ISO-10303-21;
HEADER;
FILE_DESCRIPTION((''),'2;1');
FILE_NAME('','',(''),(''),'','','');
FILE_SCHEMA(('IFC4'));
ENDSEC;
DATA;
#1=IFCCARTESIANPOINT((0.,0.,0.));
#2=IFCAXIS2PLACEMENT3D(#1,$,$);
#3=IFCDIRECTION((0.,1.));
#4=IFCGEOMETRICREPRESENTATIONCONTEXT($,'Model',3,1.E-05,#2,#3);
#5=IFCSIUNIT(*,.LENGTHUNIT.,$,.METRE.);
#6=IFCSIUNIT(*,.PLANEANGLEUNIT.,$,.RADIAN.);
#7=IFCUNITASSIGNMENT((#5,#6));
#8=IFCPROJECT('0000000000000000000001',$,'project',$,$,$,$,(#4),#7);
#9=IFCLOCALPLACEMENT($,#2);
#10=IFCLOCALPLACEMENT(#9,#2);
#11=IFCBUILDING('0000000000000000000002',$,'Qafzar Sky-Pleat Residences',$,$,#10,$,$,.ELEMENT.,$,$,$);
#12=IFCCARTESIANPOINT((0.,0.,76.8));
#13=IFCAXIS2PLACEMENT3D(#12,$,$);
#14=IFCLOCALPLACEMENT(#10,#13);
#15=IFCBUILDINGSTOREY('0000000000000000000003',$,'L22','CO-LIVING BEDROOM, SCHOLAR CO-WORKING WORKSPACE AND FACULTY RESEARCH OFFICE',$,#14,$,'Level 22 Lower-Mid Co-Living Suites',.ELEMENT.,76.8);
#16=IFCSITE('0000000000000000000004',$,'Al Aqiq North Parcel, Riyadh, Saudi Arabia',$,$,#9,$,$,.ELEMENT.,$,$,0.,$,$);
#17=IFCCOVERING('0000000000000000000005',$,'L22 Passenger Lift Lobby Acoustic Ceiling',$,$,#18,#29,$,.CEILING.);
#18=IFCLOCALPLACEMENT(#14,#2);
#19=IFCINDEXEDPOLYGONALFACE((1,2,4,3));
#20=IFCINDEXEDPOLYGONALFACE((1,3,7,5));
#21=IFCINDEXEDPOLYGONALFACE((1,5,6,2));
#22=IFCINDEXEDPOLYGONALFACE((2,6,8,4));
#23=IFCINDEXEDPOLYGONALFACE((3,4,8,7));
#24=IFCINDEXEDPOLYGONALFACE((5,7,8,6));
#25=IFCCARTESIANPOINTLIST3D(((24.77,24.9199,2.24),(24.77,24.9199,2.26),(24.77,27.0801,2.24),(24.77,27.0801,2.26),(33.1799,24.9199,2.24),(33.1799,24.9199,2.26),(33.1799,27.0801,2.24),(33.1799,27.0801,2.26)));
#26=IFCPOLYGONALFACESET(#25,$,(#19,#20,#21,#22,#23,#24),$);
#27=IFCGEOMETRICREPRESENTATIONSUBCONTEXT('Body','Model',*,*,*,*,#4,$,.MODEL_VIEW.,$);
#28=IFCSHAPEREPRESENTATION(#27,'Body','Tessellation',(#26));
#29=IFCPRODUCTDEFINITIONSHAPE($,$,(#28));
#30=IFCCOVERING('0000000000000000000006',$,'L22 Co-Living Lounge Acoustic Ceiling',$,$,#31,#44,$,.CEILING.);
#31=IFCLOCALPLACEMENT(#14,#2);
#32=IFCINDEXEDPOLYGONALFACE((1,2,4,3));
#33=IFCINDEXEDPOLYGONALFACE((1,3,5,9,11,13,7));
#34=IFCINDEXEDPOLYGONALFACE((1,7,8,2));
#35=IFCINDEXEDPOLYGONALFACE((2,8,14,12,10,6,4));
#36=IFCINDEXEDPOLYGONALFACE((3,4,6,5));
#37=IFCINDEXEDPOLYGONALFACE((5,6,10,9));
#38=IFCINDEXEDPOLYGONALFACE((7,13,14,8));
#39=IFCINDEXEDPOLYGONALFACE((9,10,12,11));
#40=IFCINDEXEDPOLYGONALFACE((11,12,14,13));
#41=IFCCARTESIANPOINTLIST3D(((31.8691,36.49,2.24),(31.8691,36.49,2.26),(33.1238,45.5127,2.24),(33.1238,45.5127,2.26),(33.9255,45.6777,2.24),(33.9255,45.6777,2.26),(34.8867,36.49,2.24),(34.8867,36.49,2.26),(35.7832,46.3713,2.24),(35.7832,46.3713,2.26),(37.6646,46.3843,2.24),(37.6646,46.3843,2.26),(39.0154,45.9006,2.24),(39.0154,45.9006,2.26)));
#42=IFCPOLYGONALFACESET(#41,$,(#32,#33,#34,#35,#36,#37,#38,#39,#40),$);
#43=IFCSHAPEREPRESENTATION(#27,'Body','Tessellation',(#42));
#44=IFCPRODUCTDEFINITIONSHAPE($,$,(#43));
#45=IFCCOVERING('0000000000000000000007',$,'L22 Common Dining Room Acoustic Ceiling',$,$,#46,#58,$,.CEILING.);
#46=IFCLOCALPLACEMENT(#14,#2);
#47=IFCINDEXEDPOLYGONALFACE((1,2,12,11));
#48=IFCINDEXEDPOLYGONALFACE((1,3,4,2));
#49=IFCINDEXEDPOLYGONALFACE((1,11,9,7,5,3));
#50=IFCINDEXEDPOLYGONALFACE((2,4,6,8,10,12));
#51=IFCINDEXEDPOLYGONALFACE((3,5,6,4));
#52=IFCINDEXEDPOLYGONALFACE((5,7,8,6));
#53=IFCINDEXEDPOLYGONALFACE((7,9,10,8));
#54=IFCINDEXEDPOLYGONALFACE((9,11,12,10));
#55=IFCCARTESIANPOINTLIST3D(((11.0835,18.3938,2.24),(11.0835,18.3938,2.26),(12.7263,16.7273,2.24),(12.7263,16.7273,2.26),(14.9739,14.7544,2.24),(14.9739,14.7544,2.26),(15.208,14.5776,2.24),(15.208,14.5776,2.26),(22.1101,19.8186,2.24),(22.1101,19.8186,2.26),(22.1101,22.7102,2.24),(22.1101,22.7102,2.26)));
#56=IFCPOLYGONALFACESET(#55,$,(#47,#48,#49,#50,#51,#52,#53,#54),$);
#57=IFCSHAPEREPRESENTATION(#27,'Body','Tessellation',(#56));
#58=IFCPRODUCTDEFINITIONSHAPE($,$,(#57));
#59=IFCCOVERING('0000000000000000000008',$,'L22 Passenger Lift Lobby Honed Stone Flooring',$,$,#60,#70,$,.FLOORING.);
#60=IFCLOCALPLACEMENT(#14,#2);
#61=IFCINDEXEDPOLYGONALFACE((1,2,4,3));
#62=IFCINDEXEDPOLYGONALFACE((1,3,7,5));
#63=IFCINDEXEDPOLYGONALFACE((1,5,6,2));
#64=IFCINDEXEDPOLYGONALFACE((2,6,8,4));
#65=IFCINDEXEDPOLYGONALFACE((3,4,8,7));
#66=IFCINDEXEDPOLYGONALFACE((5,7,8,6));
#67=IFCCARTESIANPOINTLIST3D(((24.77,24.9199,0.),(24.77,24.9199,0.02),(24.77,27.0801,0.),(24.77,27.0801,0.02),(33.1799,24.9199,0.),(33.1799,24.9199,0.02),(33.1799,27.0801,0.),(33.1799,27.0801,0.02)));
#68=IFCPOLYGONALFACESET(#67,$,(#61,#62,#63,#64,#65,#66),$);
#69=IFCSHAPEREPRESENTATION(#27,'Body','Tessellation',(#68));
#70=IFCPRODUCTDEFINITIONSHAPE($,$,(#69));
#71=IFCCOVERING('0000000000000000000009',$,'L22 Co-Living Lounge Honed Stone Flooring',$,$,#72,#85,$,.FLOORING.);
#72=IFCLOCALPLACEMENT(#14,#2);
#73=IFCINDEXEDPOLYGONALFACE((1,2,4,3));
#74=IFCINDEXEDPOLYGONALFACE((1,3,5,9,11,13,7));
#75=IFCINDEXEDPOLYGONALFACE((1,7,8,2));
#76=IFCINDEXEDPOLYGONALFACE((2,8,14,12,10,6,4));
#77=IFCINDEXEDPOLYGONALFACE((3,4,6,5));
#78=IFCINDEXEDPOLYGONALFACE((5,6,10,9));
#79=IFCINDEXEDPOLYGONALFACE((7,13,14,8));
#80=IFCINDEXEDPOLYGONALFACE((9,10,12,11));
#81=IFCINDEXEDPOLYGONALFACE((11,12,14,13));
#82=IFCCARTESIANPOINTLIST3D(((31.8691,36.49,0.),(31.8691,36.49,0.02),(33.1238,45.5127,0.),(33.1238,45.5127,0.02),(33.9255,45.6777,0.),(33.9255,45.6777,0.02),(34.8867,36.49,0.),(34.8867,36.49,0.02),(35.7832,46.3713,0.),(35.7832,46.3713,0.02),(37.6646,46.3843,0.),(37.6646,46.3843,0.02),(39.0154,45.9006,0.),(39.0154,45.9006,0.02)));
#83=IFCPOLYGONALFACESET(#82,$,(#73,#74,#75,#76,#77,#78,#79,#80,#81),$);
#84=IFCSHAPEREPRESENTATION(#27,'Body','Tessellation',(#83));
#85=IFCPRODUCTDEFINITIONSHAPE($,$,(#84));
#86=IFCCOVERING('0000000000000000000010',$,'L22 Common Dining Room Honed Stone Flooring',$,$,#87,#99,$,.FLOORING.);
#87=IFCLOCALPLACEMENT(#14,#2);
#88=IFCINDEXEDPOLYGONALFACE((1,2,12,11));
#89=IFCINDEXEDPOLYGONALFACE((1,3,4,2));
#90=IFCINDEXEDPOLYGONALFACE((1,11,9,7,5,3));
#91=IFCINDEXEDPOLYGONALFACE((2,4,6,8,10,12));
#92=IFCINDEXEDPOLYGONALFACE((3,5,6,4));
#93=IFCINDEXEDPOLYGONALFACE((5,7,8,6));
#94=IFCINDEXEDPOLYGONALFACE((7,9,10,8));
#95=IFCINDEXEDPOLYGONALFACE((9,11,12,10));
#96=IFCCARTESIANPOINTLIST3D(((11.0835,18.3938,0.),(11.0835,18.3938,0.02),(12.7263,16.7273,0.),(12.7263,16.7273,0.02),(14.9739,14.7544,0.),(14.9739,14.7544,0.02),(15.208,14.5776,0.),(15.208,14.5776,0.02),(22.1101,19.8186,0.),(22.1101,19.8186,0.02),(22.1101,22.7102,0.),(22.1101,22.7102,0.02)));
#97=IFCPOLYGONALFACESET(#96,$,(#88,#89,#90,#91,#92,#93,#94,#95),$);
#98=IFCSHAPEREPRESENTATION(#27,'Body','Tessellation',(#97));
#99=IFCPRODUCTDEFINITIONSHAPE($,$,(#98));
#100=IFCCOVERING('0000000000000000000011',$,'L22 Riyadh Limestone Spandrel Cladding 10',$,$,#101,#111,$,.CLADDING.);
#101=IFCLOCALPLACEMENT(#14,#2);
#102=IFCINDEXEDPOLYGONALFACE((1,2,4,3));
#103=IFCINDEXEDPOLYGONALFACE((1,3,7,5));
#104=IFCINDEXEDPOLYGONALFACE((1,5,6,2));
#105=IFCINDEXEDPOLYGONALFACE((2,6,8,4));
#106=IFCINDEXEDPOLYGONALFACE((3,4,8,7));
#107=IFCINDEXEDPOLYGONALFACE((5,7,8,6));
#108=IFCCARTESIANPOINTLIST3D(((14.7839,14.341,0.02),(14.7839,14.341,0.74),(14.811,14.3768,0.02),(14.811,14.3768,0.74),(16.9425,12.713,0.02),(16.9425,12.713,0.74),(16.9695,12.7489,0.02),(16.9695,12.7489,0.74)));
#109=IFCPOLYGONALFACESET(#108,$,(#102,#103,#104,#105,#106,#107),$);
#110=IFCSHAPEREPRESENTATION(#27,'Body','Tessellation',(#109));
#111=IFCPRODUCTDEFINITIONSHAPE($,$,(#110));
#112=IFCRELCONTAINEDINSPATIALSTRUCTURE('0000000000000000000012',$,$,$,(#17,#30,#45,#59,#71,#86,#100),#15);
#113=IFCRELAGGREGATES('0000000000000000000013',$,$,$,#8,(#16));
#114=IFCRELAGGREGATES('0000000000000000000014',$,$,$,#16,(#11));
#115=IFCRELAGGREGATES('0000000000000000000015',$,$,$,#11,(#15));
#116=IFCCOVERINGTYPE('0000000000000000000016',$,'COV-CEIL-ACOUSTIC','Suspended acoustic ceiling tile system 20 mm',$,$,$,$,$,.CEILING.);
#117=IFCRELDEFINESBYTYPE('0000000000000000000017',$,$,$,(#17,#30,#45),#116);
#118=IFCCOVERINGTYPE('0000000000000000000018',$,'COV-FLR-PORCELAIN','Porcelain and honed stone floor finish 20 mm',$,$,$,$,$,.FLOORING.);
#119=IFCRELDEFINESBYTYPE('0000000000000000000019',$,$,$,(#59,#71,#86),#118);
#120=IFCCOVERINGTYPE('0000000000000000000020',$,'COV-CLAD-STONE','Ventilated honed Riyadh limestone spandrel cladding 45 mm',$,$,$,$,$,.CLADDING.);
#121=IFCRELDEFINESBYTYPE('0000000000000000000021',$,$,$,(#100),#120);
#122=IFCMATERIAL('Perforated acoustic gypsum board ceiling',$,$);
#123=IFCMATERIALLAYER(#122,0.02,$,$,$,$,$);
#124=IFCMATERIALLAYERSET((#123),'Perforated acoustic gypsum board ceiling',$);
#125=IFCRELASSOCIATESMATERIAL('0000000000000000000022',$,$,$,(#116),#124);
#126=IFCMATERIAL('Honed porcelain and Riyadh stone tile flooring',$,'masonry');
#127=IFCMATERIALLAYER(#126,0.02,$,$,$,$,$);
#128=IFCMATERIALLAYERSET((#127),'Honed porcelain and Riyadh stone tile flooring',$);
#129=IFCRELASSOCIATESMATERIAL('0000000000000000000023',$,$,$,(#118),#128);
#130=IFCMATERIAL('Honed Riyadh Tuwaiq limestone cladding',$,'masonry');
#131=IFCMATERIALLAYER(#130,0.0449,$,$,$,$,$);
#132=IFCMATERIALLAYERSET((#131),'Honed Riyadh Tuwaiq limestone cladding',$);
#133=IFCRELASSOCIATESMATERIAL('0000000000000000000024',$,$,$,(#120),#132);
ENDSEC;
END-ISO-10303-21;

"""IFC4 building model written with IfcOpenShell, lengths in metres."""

from ifc_helpers import new_model, si_unit, direction, frame, origin, origin_2d, place, context, subcontext, project, spatial, polyline, rectangle, outline, extrude, source, transform, mapped, material, layer, layer_set, type_object, element, save


model = new_model("IFC4")

# Units and contexts
model_context = context("Model", 3, precision=1e-05, world=origin(), true_north=direction((0.0, 1.0)))
body_context = subcontext(model_context, "Body", "Model", "MODEL_VIEW")
ifc_project = project(units=[si_unit("LENGTHUNIT", "METRE"), si_unit("PLANEANGLEUNIT", "RADIAN")], contexts=[model_context])

# Site, building, storey
site_placement = place(None, origin())
site = spatial("IfcSite", under=ifc_project, at=site_placement, Name="Al Aqiq North Parcel, Riyadh, Saudi Arabia", CompositionType="ELEMENT", RefElevation=0.0)
building_placement = place(site_placement, origin())
building = spatial("IfcBuilding", under=site, at=building_placement, Name="Qafzar Sky-Pleat Residences", CompositionType="ELEMENT")
storey_placement = place(building_placement, frame((0.0, 0.0, 76.8)))
storey = spatial("IfcBuildingStorey", under=building, at=storey_placement, Name="L22", Description="CO-LIVING BEDROOM, SCHOLAR CO-WORKING WORKSPACE AND FACULTY RESEARCH OFFICE", LongName="Level 22 Lower-Mid Co-Living Suites", CompositionType="ELEMENT", Elevation=76.8)

# Coverings
ifc_material_1 = material(Name="Perforated acoustic gypsum board ceiling")
ifc_layer_1 = layer(ifc_material_1, 0.02)
ifc_layer_set_1 = layer_set([ifc_layer_1], Name="Perforated acoustic gypsum board ceiling")
covering_type_1 = type_object("IfcCoveringType", Name="COV-CEIL-ACOUSTIC", Description="Suspended acoustic ceiling tile system 20 mm", PredefinedType="CEILING", material=ifc_layer_set_1)
covering_1_placement = place(storey_placement, frame((0.0, 0.0, 2.24)))
element("IfcCovering", 1, at=covering_1_placement, inside=storey, type_object=covering_type_1, Name="L22 Passenger Lift Lobby Acoustic Ceiling", PredefinedType="CEILING", context=body_context, shape_type="SweptSolid", body=[
    extrude(outline(polyline([(33.1799, 24.9199), (24.77, 24.9199), (24.77, 27.0801), (33.1799, 27.0801), (33.1799, 24.9199)])), origin(), (0.0, 0.0, 1.0), 0.02),
])
covering_2_placement = place(storey_placement, frame((0.0, 0.0, 2.24)))
element("IfcCovering", 2, at=covering_2_placement, inside=storey, type_object=covering_type_1, Name="L22 Co-Living Lounge Acoustic Ceiling", PredefinedType="CEILING", context=body_context, shape_type="SweptSolid", body=[
    extrude(outline(polyline([(33.9255, 45.6777), (35.7832, 46.3713), (37.6646, 46.3843), (39.0154, 45.9006), (34.8867, 36.49), (31.8691, 36.49), (33.1238, 45.5127), (33.9255, 45.6777)])), origin(), (0.0, 0.0, 1.0), 0.02),
])
covering_3_placement = place(storey_placement, frame((0.0, 0.0, 2.24)))
element("IfcCovering", 3, at=covering_3_placement, inside=storey, type_object=covering_type_1, Name="L22 Common Dining Room Acoustic Ceiling", PredefinedType="CEILING", context=body_context, shape_type="SweptSolid", body=[
    extrude(outline(polyline([(14.9739, 14.7544), (12.7263, 16.7273), (11.0835, 18.3938), (22.1101, 22.7102), (22.1101, 19.8186), (15.208, 14.5776), (14.9739, 14.7544)])), origin(), (0.0, 0.0, 1.0), 0.02),
])
ifc_material_2 = material(Name="Honed porcelain and Riyadh stone tile flooring", Category="masonry")
ifc_layer_2 = layer(ifc_material_2, 0.02)
ifc_layer_set_2 = layer_set([ifc_layer_2], Name="Honed porcelain and Riyadh stone tile flooring")
covering_type_2 = type_object("IfcCoveringType", Name="COV-FLR-PORCELAIN", Description="Porcelain and honed stone floor finish 20 mm", PredefinedType="FLOORING", material=ifc_layer_set_2)
covering_4_placement = place(storey_placement, origin())
element("IfcCovering", 4, at=covering_4_placement, inside=storey, type_object=covering_type_2, Name="L22 Passenger Lift Lobby Honed Stone Flooring", PredefinedType="FLOORING", context=body_context, shape_type="SweptSolid", body=[
    extrude(outline(polyline([(33.1799, 24.9199), (24.77, 24.9199), (24.77, 27.0801), (33.1799, 27.0801), (33.1799, 24.9199)])), origin(), (0.0, 0.0, 1.0), 0.02),
])
covering_5_placement = place(storey_placement, origin())
element("IfcCovering", 5, at=covering_5_placement, inside=storey, type_object=covering_type_2, Name="L22 Co-Living Lounge Honed Stone Flooring", PredefinedType="FLOORING", context=body_context, shape_type="SweptSolid", body=[
    extrude(outline(polyline([(33.9255, 45.6777), (35.7832, 46.3713), (37.6646, 46.3843), (39.0154, 45.9006), (34.8867, 36.49), (31.8691, 36.49), (33.1238, 45.5127), (33.9255, 45.6777)])), origin(), (0.0, 0.0, 1.0), 0.02),
])
covering_6_placement = place(storey_placement, origin())
element("IfcCovering", 6, at=covering_6_placement, inside=storey, type_object=covering_type_2, Name="L22 Common Dining Room Honed Stone Flooring", PredefinedType="FLOORING", context=body_context, shape_type="SweptSolid", body=[
    extrude(outline(polyline([(14.9739, 14.7544), (12.7263, 16.7273), (11.0835, 18.3938), (22.1101, 22.7102), (22.1101, 19.8186), (15.208, 14.5776), (14.9739, 14.7544)])), origin(), (0.0, 0.0, 1.0), 0.02),
])
ifc_material_3 = material(Name="Honed Riyadh Tuwaiq limestone cladding", Category="masonry")
ifc_layer_3 = layer(ifc_material_3, 0.0449)
ifc_layer_set_3 = layer_set([ifc_layer_3], Name="Honed Riyadh Tuwaiq limestone cladding")
covering_type_3 = type_object("IfcCoveringType", Name="COV-CLAD-STONE", Description="Ventilated honed Riyadh limestone spandrel cladding 45 mm", PredefinedType="CLADDING", material=ifc_layer_set_3)
shared_shape_1 = source(origin(), body_context, "Body", "SweptSolid", [
    extrude(rectangle(XDim=2.7036, YDim=0.0449, at=origin_2d()), origin(), (0.0, 0.0, 1.0), 0.72),
])
covering_7_placement = place(storey_placement, frame((15.8767, 13.5449, 0.02), z_axis=(0.0, 0.0, 1.0), x_axis=(0.798395, -0.602134, 0.0)))
element("IfcCovering", 7, at=covering_7_placement, inside=storey, type_object=covering_type_3, Name="L22 Riyadh Limestone Spandrel Cladding 10", PredefinedType="CLADDING", context=body_context, shape_type="MappedRepresentation", body=[
    mapped(shared_shape_1, transform((0.0, 0.0, 0.0), x_axis=(1.0, 0.0, 0.0), y_axis=(0.0, 1.0, 0.0), z_axis=(0.0, 0.0, 1.0), scale=1.0)),
])

save(model, "model.ifc")
